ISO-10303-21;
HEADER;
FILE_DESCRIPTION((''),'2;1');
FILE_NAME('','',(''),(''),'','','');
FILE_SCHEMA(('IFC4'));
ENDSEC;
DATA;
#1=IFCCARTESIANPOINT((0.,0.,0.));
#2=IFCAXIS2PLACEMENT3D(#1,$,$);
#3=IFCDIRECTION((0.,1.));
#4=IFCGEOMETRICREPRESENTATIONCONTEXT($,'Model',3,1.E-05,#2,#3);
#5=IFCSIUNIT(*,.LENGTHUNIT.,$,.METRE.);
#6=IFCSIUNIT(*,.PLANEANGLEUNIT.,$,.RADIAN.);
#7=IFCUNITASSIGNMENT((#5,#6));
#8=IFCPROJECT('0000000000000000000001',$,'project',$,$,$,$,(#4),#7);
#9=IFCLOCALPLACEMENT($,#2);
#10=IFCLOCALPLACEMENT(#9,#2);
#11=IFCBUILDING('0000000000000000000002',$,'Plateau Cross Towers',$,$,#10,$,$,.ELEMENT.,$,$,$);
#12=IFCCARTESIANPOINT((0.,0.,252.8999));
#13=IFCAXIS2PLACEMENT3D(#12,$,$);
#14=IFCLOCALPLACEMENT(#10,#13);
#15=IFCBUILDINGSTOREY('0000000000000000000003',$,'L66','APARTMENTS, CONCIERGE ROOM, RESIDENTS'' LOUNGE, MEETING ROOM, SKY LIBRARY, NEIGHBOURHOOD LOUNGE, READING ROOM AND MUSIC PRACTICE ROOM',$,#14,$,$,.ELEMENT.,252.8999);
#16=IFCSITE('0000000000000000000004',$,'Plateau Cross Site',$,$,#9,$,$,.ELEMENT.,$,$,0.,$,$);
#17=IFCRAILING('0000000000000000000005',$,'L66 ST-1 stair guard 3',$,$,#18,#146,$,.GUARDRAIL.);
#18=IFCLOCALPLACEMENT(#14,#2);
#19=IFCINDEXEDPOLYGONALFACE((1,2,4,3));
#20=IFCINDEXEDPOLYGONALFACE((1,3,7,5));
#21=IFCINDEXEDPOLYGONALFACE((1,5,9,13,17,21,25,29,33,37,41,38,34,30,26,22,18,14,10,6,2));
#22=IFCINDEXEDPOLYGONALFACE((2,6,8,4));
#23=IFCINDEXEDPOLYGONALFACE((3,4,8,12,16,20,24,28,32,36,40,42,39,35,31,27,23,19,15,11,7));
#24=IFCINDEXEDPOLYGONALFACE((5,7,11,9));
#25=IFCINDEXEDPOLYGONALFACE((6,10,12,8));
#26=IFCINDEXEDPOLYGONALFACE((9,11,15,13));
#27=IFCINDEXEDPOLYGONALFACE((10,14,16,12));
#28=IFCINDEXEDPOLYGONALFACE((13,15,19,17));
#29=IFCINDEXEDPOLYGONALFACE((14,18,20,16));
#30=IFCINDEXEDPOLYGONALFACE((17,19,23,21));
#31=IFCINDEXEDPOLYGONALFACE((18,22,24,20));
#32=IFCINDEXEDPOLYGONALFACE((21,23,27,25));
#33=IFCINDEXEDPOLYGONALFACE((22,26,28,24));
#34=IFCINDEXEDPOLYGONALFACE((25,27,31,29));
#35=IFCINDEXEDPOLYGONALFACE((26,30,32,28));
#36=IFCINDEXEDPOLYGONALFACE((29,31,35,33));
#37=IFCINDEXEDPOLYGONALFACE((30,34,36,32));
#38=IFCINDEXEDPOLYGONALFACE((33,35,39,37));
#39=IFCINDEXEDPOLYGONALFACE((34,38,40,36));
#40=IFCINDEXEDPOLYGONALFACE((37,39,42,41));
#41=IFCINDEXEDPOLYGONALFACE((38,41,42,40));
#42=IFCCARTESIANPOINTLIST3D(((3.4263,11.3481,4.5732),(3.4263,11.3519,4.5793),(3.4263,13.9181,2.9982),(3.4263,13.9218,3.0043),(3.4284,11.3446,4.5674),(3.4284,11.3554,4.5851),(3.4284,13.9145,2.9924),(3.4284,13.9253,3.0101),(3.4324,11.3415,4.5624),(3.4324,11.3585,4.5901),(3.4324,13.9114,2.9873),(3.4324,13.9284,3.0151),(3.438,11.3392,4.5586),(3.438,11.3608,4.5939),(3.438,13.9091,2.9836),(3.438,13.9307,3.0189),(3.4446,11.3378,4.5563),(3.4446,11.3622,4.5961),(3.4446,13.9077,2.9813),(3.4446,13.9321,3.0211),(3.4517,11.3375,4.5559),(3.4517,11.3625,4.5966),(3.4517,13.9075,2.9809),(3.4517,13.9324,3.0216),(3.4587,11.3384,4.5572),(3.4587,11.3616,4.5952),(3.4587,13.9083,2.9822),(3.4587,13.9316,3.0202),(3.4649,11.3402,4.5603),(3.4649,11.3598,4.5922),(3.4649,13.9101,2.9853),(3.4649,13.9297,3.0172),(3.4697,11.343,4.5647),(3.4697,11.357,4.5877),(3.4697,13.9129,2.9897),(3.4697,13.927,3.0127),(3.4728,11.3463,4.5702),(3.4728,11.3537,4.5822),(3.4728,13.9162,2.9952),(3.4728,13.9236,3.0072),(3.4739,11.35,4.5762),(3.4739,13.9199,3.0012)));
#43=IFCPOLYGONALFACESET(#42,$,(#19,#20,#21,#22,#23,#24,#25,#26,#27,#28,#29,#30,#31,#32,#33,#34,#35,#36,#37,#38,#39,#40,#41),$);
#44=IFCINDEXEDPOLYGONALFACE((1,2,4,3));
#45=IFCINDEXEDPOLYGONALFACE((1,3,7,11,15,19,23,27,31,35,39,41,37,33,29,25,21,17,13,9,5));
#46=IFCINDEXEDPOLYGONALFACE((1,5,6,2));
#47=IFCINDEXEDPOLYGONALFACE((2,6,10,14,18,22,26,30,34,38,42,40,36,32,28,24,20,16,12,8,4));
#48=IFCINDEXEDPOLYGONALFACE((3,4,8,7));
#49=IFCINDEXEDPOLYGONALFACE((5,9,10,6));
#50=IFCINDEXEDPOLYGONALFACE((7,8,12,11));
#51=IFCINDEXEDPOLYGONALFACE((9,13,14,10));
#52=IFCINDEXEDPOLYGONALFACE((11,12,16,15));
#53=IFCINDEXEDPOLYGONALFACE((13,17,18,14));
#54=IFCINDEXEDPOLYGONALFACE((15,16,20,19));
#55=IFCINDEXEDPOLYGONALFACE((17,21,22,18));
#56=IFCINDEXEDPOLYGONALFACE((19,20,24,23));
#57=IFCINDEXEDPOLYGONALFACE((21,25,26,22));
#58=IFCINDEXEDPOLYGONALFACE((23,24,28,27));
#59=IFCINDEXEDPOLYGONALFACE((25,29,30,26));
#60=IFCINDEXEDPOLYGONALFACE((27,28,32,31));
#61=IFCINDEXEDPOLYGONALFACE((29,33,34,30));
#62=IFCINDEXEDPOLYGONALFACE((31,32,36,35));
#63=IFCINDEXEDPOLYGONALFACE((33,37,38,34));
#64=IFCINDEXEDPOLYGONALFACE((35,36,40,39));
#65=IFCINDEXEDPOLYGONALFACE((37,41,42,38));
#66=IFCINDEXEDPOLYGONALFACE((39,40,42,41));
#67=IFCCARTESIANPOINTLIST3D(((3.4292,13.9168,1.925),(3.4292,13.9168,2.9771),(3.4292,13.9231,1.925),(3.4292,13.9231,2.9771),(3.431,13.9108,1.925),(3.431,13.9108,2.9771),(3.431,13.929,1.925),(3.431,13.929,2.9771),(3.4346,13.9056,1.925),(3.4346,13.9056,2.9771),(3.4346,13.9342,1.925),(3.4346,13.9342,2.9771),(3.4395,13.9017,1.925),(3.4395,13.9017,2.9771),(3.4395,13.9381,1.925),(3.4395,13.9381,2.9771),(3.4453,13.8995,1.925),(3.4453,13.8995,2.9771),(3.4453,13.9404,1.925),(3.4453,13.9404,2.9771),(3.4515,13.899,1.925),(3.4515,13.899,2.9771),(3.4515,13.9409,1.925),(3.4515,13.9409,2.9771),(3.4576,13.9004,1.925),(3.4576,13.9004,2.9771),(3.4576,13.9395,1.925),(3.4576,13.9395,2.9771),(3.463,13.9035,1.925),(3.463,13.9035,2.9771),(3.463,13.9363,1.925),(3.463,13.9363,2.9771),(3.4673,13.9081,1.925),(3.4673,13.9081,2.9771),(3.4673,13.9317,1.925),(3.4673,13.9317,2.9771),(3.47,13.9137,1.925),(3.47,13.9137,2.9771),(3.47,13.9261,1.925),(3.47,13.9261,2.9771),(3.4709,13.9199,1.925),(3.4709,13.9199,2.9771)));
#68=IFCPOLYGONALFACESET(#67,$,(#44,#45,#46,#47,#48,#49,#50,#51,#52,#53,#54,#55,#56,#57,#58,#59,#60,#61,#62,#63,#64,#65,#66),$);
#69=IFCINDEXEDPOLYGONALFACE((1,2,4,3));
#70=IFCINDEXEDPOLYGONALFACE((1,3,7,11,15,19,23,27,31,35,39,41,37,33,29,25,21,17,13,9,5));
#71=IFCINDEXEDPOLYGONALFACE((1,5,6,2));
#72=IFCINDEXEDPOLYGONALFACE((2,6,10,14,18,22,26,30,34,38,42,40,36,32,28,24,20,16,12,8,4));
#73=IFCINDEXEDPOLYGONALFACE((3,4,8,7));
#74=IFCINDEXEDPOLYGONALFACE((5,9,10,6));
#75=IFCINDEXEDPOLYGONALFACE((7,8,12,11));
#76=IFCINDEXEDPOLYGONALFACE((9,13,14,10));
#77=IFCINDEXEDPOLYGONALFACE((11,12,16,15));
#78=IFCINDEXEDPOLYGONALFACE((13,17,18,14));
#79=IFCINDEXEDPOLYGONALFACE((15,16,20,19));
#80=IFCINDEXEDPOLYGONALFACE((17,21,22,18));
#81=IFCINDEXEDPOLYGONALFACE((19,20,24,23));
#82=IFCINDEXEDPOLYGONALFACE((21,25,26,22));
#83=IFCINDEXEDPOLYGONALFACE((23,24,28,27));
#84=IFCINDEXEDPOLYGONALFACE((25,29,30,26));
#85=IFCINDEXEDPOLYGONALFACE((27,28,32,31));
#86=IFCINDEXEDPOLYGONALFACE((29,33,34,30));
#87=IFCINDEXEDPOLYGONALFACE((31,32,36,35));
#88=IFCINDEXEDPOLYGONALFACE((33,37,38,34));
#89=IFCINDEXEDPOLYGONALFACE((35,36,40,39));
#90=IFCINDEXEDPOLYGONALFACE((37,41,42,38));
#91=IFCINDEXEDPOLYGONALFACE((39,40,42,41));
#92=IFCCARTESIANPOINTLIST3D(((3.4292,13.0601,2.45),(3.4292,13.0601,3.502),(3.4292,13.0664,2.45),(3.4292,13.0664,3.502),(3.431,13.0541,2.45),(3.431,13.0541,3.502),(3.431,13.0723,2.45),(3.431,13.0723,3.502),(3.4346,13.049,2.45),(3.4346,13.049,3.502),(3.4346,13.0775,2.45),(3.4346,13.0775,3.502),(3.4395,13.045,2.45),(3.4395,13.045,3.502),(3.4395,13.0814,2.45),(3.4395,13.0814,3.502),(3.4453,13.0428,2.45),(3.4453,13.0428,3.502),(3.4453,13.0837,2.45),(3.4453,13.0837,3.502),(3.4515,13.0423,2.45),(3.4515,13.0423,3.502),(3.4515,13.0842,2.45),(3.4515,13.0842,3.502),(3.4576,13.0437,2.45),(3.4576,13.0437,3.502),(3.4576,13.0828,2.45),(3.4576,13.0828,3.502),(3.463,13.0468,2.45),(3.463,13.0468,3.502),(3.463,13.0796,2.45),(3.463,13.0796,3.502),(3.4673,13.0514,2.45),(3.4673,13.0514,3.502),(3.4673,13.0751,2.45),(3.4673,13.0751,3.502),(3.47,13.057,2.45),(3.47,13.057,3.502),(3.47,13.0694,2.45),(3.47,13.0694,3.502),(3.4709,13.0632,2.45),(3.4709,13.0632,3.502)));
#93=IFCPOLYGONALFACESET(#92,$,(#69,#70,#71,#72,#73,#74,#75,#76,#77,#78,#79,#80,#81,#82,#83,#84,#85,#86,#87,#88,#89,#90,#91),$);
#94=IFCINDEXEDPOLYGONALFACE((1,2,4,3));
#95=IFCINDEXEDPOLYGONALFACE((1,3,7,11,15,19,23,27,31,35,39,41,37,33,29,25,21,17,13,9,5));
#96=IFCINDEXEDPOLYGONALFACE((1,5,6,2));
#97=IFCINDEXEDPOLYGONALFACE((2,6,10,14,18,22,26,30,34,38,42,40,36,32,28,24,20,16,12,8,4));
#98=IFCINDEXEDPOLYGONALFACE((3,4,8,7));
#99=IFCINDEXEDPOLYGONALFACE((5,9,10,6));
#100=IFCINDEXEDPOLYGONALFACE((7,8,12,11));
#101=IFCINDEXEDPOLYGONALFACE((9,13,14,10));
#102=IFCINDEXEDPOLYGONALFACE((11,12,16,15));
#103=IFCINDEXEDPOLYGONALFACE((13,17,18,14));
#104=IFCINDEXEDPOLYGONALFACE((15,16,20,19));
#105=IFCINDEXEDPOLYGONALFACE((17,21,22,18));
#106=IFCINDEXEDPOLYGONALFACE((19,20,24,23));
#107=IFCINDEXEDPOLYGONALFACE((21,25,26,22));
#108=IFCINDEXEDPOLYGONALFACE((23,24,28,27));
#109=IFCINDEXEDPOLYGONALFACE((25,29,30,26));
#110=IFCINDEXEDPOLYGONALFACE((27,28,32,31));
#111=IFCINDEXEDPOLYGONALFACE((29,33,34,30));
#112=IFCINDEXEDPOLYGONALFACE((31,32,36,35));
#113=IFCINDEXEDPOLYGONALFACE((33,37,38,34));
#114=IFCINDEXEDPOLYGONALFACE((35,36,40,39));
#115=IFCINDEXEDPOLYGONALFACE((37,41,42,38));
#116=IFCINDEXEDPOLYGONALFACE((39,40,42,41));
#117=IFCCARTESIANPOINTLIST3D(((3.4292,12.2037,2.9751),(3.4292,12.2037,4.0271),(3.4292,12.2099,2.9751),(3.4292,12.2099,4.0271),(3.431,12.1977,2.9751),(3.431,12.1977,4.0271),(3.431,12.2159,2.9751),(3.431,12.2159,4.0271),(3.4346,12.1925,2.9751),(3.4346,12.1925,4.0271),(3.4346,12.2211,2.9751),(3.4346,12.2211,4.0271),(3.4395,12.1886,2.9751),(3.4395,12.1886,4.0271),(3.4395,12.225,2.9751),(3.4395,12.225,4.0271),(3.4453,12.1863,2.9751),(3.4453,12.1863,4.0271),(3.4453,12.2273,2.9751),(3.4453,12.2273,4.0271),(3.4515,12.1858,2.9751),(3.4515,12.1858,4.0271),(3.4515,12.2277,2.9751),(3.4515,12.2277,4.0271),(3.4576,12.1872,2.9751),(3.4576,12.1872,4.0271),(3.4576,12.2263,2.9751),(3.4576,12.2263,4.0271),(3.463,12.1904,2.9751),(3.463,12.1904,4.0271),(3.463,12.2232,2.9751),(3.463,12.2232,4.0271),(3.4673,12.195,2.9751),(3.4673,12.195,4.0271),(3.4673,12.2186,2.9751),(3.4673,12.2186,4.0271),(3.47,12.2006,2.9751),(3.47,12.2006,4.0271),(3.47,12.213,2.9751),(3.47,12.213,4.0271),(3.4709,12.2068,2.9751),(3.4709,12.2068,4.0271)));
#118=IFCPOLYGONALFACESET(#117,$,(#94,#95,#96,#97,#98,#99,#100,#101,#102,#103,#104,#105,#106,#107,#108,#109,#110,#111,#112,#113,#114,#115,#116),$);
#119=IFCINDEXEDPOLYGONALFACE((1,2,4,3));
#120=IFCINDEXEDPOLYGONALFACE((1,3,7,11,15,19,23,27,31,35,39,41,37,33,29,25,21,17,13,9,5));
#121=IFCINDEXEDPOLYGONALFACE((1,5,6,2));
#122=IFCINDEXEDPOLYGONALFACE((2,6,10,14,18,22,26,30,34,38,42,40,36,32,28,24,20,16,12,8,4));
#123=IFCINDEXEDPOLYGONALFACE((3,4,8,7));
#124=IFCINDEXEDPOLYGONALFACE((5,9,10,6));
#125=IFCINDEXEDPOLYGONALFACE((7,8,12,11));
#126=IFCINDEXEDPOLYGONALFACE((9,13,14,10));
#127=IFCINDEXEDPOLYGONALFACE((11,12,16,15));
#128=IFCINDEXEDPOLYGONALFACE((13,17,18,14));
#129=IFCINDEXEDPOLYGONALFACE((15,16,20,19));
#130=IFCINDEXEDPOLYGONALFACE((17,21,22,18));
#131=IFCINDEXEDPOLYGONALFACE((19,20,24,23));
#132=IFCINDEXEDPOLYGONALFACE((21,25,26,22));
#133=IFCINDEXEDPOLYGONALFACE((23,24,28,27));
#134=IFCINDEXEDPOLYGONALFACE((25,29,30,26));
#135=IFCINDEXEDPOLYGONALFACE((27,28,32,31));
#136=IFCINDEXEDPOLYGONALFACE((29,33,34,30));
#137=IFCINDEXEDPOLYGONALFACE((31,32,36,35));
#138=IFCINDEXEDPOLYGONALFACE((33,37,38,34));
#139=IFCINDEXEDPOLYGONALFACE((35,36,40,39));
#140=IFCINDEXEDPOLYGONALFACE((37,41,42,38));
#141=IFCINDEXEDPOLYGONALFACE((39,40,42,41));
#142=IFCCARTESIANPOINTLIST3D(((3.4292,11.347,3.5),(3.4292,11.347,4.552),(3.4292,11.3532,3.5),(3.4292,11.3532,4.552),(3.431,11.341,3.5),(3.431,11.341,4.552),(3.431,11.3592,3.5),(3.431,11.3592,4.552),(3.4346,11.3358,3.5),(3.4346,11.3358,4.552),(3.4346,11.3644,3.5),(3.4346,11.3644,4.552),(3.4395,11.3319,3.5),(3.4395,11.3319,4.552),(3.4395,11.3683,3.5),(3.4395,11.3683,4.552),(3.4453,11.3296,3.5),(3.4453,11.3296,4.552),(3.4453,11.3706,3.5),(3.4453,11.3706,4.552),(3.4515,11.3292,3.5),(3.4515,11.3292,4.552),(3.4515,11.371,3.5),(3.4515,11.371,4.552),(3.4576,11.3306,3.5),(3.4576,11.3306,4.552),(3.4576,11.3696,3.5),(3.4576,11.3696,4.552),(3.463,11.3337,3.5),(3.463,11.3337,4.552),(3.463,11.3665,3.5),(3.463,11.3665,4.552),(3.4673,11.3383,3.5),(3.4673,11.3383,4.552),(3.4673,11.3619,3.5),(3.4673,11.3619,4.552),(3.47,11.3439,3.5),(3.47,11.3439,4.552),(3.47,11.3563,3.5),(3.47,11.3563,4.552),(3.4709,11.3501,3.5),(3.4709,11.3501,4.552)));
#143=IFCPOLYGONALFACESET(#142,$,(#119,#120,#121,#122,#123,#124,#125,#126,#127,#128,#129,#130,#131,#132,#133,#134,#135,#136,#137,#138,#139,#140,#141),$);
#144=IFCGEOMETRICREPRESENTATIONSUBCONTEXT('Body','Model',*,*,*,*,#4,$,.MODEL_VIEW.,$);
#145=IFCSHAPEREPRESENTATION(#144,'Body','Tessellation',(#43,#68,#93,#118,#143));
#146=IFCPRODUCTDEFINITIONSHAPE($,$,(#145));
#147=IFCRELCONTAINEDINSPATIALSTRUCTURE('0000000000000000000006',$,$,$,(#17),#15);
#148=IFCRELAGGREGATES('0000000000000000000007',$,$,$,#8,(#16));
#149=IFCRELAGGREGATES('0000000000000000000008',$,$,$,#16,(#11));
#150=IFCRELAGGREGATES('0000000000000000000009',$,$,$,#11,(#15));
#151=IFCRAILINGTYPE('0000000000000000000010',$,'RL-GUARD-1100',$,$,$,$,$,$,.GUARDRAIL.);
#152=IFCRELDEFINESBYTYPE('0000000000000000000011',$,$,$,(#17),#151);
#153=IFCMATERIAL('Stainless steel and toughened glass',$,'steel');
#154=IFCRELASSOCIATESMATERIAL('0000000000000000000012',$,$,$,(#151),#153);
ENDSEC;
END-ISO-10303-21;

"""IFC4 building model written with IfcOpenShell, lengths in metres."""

from ifc_helpers import new_model, si_unit, direction, frame, origin, origin_2d, place, context, subcontext, project, spatial, circle, extrude, material, type_object, element, save


model = new_model("IFC4")

# Units and contexts
model_context = context("Model", 3, precision=1e-05, world=origin(), true_north=direction((0.0, 1.0)))
body_context = subcontext(model_context, "Body", "Model", "MODEL_VIEW")
ifc_project = project(units=[si_unit("LENGTHUNIT", "METRE"), si_unit("PLANEANGLEUNIT", "RADIAN")], contexts=[model_context])

# Site, building, storey
site_placement = place(None, origin())
site = spatial("IfcSite", under=ifc_project, at=site_placement, Name="Plateau Cross Site", CompositionType="ELEMENT", RefElevation=0.0)
building_placement = place(site_placement, origin())
building = spatial("IfcBuilding", under=site, at=building_placement, Name="Plateau Cross Towers", CompositionType="ELEMENT")
storey_placement = place(building_placement, frame((0.0, 0.0, 252.8999)))
storey = spatial("IfcBuildingStorey", under=building, at=storey_placement, Name="L66", Description="APARTMENTS, CONCIERGE ROOM, RESIDENTS' LOUNGE, MEETING ROOM, SKY LIBRARY, NEIGHBOURHOOD LOUNGE, READING ROOM AND MUSIC PRACTICE ROOM", CompositionType="ELEMENT", Elevation=252.8999)

# Railing
ifc_material_1 = material(Name="Stainless steel and toughened glass", Category="steel")
railing_type_1 = type_object("IfcRailingType", Name="RL-GUARD-1100", PredefinedType="GUARDRAIL", material=ifc_material_1)
railing_1_placement = place(storey_placement, frame((3.45, 13.9199, 1.925)))
element("IfcRailing", 1, at=railing_1_placement, inside=storey, type_object=railing_type_1, Name="L66 ST-1 stair guard 3", PredefinedType="GUARDRAIL", context=body_context, shape_type="SweptSolid", body=[
    extrude(circle(Radius=0.0239, at=origin_2d()), frame((0.0, 0.0, 1.0762), z_axis=(0.0, -0.852616, 0.522537), x_axis=(1.0, 0.0, 0.0)), (0.0, 0.0, 1.0), 3.0142),
    extrude(circle(Radius=0.021, at=origin_2d()), origin(), (0.0, 0.0, 1.0), 1.052),
    extrude(circle(Radius=0.021, at=origin_2d()), frame((0.0, -0.8567, 0.5249)), (0.0, 0.0, 1.0), 1.052),
    extrude(circle(Radius=0.021, at=origin_2d()), frame((0.0, -1.7131, 1.05)), (0.0, 0.0, 1.0), 1.052),
    extrude(circle(Radius=0.021, at=origin_2d()), frame((0.0, -2.5698, 1.575)), (0.0, 0.0, 1.0), 1.052),
])

save(model, "model.ifc")
